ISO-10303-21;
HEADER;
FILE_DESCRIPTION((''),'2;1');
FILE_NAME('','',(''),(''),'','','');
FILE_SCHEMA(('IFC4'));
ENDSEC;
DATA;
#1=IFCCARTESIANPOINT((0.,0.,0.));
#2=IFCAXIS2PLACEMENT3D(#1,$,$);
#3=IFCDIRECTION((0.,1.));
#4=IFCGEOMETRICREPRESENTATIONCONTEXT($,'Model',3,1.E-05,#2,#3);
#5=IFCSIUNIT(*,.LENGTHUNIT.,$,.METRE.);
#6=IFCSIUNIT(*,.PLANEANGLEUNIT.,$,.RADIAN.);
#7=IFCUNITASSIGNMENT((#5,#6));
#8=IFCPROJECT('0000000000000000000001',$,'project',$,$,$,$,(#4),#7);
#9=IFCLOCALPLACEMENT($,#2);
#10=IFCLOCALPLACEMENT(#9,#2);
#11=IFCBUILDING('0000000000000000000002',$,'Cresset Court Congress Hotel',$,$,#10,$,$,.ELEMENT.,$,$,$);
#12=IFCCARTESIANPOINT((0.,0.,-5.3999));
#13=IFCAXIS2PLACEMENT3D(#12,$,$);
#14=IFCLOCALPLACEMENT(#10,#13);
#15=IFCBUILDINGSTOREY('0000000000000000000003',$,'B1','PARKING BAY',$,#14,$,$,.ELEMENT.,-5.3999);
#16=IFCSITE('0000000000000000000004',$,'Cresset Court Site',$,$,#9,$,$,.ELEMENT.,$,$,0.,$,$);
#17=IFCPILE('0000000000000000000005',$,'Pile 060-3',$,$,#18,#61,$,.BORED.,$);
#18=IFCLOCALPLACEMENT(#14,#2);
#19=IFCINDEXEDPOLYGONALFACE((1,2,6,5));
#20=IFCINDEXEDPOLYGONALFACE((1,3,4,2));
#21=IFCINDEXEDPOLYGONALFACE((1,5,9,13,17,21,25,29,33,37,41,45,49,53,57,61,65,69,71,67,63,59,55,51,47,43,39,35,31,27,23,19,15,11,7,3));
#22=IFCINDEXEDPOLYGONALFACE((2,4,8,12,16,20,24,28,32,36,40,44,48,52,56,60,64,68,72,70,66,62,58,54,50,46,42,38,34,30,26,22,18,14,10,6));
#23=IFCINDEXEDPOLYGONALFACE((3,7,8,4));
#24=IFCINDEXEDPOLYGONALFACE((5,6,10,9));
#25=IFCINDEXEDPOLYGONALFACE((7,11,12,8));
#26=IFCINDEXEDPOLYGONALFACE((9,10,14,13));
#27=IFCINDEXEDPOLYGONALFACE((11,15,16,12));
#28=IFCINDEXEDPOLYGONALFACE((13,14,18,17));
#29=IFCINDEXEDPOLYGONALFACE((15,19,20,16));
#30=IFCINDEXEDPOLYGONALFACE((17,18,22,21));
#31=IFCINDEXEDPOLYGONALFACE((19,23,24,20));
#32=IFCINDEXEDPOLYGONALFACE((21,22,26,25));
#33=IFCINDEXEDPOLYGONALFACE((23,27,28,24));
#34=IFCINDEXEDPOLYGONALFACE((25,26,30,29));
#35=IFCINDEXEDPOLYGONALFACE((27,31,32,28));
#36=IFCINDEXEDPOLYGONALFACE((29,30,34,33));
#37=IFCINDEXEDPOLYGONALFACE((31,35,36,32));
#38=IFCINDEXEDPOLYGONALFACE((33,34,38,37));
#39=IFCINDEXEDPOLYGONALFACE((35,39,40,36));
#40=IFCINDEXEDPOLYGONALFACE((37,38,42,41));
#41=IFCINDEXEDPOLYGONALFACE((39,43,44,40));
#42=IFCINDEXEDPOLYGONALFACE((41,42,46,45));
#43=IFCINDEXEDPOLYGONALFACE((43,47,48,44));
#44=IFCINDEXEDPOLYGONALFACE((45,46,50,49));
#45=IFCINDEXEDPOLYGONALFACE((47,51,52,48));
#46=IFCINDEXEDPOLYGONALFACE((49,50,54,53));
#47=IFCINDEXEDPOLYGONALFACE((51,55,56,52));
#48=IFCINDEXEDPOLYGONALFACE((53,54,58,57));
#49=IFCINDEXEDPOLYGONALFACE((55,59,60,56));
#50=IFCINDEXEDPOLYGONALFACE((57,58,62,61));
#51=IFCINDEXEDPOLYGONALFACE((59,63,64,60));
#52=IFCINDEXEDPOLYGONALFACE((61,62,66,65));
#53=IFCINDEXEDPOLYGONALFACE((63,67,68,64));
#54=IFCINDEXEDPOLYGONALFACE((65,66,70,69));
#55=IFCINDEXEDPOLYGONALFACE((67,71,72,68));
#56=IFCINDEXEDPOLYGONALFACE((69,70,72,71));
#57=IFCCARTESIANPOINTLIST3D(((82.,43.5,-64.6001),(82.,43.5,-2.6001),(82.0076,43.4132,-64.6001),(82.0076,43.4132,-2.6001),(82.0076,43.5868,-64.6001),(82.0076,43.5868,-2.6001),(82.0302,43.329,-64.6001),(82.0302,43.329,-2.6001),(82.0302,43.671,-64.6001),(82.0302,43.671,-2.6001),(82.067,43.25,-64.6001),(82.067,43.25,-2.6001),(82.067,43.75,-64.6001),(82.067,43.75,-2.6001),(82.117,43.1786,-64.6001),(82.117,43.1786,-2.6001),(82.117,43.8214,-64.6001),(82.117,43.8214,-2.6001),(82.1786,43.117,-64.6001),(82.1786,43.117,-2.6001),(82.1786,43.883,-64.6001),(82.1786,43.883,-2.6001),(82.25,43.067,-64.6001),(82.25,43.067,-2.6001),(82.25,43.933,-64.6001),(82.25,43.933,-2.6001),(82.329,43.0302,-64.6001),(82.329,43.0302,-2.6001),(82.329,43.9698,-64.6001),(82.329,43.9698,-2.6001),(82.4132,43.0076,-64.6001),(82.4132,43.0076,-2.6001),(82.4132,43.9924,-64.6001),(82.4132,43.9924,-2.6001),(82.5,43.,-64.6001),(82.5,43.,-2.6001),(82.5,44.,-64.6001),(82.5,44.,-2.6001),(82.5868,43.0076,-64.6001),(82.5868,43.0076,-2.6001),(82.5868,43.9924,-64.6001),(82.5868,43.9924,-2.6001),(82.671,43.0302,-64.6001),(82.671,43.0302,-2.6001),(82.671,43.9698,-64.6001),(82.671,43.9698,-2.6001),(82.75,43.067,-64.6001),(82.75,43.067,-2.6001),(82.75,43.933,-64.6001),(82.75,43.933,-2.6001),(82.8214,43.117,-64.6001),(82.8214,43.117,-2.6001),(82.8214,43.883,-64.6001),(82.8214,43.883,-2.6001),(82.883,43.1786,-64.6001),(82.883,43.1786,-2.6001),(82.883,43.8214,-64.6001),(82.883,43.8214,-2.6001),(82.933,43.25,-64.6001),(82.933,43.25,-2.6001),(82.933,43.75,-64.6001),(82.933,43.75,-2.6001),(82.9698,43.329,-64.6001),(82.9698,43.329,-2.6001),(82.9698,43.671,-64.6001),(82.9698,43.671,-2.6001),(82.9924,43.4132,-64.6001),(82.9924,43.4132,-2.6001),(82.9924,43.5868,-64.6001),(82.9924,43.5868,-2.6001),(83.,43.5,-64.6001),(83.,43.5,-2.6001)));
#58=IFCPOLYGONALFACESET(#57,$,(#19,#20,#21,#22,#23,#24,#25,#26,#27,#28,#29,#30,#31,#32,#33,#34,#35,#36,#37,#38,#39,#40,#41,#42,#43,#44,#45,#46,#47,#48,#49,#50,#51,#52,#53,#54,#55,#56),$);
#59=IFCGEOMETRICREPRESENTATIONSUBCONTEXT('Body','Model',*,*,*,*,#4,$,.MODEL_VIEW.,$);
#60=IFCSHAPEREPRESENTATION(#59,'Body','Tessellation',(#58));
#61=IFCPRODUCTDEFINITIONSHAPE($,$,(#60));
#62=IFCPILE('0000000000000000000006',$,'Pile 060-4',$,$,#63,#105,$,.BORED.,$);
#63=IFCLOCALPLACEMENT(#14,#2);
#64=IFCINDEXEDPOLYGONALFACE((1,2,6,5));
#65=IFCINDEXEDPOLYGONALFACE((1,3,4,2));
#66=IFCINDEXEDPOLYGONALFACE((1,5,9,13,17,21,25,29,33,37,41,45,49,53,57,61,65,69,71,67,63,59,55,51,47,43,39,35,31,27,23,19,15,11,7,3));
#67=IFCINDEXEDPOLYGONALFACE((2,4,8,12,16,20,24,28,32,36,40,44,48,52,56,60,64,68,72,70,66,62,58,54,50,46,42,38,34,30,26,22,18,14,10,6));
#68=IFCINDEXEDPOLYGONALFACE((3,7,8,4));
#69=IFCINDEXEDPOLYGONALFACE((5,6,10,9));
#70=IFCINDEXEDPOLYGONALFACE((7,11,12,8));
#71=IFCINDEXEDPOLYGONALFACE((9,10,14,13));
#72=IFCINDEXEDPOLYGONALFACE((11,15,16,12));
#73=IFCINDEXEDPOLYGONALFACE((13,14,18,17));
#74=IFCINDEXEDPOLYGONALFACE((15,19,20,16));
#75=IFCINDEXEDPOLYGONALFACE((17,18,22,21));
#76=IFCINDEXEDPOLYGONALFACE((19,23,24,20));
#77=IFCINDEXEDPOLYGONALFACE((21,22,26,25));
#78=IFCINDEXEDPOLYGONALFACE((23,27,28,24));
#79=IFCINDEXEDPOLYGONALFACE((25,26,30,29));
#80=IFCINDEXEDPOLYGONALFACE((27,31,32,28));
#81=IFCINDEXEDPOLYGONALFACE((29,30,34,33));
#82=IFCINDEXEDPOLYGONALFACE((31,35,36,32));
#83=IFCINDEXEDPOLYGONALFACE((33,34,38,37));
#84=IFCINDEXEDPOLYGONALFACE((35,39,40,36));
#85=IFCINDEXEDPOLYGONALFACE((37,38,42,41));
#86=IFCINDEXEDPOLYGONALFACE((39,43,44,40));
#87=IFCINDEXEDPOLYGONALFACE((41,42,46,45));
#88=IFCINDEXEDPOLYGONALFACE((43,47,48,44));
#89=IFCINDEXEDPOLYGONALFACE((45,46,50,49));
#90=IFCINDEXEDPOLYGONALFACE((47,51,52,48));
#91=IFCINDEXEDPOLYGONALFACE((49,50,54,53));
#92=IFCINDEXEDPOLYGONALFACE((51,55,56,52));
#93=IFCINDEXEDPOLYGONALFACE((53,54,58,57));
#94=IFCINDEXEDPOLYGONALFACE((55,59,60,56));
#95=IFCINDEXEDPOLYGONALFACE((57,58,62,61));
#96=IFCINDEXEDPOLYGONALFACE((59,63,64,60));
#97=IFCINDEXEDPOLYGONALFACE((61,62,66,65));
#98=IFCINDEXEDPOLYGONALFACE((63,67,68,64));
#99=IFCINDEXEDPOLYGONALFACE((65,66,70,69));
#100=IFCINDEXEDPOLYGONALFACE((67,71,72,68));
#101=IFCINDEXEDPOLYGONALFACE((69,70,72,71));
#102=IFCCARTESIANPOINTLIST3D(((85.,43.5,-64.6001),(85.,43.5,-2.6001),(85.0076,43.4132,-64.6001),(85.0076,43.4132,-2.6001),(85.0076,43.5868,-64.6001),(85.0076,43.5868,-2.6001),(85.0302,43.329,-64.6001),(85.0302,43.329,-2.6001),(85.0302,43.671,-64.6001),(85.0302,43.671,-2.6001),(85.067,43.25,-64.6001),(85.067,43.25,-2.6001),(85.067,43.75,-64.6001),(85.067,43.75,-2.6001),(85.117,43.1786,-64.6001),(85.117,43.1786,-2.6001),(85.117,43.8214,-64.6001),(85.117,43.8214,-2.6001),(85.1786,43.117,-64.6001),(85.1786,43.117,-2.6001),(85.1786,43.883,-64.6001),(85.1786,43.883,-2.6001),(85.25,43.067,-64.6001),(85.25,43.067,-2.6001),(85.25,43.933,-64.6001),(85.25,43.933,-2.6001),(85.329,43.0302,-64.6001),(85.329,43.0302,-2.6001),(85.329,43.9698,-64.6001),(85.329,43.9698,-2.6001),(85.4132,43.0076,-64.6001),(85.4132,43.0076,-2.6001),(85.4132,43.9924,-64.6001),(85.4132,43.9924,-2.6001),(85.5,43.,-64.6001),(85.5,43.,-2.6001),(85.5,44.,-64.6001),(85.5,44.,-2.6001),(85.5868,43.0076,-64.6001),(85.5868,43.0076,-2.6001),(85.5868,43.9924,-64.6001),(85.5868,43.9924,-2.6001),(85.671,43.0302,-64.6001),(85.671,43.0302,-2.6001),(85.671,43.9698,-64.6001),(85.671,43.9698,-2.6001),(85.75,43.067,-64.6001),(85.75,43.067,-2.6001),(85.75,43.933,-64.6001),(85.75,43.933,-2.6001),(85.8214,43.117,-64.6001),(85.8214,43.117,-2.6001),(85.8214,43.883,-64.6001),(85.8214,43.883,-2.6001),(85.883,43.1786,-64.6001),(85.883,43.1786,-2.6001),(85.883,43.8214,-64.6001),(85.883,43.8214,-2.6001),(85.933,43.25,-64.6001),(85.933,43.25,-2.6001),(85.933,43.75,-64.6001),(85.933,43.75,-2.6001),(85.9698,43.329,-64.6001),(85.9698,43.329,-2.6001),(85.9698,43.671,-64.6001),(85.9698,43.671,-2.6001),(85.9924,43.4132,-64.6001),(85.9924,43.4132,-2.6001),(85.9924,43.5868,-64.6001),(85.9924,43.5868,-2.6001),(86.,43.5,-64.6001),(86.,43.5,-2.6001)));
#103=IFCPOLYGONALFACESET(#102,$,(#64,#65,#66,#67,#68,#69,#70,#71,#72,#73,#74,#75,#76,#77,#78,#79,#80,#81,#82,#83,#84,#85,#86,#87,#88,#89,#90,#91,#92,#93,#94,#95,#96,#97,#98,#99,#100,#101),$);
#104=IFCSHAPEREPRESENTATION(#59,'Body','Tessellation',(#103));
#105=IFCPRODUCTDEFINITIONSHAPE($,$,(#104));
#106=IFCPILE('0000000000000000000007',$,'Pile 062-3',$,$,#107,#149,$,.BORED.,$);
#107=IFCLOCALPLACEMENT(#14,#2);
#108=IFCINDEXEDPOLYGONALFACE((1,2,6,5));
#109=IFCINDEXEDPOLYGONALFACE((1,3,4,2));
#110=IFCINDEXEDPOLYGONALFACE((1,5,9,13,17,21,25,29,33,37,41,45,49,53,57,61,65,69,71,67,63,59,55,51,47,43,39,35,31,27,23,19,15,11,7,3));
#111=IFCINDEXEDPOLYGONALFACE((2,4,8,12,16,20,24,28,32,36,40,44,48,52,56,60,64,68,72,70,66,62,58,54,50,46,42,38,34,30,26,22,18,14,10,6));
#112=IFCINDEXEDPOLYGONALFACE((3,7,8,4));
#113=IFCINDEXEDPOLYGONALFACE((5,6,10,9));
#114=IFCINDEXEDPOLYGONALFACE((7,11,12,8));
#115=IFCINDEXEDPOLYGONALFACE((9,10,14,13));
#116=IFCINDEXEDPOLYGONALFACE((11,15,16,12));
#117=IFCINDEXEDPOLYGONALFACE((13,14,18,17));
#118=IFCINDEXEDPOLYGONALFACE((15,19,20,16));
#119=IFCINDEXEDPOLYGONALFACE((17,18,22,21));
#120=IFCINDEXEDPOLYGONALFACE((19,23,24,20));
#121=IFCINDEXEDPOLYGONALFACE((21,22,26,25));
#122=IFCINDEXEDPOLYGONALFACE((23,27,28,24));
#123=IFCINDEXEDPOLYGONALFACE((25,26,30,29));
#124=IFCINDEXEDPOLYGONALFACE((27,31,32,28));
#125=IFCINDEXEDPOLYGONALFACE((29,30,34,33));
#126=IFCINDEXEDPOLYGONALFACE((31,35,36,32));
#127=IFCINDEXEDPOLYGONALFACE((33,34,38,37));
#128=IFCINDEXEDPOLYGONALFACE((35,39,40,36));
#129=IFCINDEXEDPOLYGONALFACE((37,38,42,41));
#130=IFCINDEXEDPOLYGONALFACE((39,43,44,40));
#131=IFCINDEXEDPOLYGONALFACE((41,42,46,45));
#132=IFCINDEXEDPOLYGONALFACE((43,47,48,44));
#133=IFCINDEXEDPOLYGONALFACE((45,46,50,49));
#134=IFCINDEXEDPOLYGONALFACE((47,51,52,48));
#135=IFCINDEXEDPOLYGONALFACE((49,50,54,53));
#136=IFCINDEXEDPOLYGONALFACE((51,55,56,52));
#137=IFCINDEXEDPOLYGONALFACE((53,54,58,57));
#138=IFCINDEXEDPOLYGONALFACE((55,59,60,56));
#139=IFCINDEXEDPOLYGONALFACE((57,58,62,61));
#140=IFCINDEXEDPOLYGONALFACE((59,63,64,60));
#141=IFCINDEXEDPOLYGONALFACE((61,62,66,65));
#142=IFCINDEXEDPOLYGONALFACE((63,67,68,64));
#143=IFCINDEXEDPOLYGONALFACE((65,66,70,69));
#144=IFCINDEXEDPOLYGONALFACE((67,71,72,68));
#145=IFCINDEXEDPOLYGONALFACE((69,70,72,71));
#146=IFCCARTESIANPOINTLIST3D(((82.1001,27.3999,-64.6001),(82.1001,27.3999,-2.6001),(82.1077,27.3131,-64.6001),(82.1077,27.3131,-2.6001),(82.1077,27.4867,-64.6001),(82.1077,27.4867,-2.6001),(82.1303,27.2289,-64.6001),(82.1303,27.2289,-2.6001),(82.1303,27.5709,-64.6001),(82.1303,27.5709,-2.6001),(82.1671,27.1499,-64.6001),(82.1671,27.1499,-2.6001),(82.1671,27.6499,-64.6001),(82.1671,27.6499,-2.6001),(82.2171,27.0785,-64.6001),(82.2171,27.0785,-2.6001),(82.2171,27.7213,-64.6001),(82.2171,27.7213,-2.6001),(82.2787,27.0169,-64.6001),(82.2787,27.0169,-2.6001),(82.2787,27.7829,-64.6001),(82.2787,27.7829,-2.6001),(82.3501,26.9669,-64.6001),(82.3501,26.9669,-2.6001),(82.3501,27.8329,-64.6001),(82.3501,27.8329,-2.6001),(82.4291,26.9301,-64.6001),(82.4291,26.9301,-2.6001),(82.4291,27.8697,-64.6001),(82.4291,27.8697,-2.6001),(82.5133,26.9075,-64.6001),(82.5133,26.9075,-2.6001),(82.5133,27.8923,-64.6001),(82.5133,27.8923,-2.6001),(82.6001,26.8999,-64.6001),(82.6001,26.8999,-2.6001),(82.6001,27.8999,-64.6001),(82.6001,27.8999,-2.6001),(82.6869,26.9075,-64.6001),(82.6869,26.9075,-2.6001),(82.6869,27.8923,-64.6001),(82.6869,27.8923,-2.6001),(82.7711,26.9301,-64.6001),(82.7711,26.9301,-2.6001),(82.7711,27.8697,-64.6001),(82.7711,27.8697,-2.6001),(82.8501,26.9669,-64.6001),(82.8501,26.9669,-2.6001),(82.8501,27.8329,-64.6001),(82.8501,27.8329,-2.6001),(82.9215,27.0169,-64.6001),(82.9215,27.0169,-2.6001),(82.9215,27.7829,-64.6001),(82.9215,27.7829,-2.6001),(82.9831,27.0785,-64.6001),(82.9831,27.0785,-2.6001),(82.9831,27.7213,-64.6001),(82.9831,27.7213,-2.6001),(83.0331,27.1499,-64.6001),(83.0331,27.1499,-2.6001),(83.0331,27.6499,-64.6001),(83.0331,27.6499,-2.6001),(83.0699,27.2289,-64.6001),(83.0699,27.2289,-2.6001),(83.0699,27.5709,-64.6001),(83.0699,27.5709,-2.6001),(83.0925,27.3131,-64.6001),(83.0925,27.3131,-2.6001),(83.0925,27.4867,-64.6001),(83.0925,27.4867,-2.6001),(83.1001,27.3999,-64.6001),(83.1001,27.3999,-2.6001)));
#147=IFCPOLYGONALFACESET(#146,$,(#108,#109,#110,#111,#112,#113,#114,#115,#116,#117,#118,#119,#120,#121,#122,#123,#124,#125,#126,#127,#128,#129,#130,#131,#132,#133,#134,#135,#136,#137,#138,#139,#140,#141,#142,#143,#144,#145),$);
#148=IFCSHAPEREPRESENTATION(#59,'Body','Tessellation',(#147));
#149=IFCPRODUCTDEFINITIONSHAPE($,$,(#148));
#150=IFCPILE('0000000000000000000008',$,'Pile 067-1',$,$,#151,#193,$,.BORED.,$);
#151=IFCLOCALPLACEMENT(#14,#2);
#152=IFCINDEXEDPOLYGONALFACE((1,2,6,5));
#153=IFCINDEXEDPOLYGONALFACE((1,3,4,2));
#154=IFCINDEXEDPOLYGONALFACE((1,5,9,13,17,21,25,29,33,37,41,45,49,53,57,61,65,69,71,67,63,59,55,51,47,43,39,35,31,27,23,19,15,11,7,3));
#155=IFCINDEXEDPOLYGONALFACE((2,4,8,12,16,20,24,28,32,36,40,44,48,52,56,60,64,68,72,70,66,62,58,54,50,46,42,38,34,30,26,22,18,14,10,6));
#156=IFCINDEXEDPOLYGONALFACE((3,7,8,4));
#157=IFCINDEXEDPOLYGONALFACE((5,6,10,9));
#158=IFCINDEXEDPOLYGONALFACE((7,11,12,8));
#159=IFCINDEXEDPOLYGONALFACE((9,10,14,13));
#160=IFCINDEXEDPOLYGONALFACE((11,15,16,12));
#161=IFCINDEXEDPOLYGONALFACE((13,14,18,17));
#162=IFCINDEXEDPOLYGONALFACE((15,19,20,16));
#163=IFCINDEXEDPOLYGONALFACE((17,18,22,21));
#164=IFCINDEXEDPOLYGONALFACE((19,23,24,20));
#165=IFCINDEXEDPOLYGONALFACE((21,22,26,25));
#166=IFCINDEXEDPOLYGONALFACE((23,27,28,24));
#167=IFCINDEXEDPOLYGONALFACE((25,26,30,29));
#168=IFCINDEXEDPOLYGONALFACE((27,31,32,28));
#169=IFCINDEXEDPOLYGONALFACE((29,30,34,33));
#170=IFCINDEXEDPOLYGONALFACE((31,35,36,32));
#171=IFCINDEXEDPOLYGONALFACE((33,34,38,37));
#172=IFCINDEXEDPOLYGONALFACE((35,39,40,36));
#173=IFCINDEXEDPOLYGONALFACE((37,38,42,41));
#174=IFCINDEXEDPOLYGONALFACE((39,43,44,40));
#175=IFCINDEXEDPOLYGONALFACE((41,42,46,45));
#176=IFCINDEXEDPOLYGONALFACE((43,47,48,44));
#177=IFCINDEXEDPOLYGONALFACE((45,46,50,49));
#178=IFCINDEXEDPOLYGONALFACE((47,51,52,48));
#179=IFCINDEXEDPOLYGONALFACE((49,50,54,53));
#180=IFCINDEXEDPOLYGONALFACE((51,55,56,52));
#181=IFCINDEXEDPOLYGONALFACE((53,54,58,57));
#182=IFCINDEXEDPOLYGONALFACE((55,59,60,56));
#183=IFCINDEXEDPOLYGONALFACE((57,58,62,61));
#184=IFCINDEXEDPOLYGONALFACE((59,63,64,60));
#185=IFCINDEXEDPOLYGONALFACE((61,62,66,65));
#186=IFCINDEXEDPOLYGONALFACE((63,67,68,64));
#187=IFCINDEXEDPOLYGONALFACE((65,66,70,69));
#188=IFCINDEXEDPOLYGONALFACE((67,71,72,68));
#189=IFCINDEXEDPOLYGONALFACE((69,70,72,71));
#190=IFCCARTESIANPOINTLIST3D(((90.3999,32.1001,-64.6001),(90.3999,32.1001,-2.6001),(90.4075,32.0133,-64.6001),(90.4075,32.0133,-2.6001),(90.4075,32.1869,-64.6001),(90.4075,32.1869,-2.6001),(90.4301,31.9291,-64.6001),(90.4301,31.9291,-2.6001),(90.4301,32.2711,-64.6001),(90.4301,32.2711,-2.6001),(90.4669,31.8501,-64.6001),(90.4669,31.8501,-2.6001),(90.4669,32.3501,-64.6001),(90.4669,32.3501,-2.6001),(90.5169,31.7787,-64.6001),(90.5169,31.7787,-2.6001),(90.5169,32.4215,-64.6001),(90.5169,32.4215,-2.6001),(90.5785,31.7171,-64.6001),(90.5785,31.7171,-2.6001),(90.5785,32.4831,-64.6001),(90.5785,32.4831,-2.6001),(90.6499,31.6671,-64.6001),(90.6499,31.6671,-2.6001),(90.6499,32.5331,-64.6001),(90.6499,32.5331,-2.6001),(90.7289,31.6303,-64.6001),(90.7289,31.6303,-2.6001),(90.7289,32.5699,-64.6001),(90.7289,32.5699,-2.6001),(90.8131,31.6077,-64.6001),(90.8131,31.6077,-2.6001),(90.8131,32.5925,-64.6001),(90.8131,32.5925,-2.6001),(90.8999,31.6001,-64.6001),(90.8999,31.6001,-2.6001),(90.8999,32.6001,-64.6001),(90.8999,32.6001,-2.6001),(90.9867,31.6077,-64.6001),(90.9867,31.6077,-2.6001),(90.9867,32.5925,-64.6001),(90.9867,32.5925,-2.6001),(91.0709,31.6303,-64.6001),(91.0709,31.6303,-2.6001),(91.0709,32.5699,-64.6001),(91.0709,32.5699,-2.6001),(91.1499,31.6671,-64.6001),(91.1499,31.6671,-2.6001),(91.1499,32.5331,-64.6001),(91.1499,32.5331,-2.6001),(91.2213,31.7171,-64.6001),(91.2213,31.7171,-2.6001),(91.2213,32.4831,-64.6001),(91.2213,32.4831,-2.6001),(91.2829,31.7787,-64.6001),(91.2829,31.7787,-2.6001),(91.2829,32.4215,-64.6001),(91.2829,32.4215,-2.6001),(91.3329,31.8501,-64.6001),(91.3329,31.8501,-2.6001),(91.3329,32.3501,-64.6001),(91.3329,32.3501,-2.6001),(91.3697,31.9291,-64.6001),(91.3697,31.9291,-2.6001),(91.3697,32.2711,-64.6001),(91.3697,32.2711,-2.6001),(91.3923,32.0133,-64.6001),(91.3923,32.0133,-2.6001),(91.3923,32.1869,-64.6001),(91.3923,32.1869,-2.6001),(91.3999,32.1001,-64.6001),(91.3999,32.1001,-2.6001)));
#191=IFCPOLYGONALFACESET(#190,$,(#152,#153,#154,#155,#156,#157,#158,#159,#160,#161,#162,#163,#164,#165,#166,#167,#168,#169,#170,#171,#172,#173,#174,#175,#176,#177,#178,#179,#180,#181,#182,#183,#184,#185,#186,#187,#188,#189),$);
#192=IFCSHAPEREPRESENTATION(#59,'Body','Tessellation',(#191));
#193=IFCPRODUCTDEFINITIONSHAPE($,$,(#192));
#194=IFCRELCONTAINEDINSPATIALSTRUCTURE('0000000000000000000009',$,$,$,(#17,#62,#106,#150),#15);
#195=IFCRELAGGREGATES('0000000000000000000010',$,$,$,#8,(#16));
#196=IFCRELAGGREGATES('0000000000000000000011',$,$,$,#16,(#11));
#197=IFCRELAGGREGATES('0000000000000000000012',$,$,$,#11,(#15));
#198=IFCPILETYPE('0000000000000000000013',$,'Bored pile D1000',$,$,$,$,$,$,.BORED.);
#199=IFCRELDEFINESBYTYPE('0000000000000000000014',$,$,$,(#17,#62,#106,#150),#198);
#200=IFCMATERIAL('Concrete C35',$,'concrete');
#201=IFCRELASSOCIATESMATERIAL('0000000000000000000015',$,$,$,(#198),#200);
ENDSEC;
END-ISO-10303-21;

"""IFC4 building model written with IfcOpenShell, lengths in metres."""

from ifc_helpers import new_model, si_unit, direction, frame, origin, origin_2d, place, context, subcontext, project, spatial, circle, extrude, material, type_object, element, save


model = new_model("IFC4")

# Units and contexts
model_context = context("Model", 3, precision=1e-05, world=origin(), true_north=direction((0.0, 1.0)))
body_context = subcontext(model_context, "Body", "Model", "MODEL_VIEW")
ifc_project = project(units=[si_unit("LENGTHUNIT", "METRE"), si_unit("PLANEANGLEUNIT", "RADIAN")], contexts=[model_context])

# Site, building, storey
site_placement = place(None, origin())
site = spatial("IfcSite", under=ifc_project, at=site_placement, Name="Cresset Court Site", CompositionType="ELEMENT", RefElevation=0.0)
building_placement = place(site_placement, origin())
building = spatial("IfcBuilding", under=site, at=building_placement, Name="Cresset Court Congress Hotel", CompositionType="ELEMENT")
storey_placement = place(building_placement, frame((0.0, 0.0, -5.3999)))
storey = spatial("IfcBuildingStorey", under=building, at=storey_placement, Name="B1", Description="PARKING BAY", CompositionType="ELEMENT", Elevation=-5.3999)

# Piles
ifc_material_1 = material(Name="Concrete C35", Category="concrete")
pile_type = type_object("IfcPileType", Name="Bored pile D1000", PredefinedType="BORED", material=ifc_material_1)
for number, where, z_axis, x_axis, name in (
    (1, (82.5, 43.5, -2.6001), (0.0, 0.0, -1.0), (1.0, 0.0, 0.0), "Pile 060-3"),
    (2, (85.5, 43.5, -2.6001), (0.0, 0.0, -1.0), (1.0, 0.0, 0.0), "Pile 060-4"),
    (3, (82.6001, 27.3999, -2.6001), (0.0, 0.0, -1.0), (1.0, 0.0, 0.0), "Pile 062-3"),
    (4, (90.8999, 32.1001, -2.6001), (0.0, 0.0, -1.0), (1.0, 0.0, 0.0), "Pile 067-1"),
):
    element("IfcPile", number, at=place(storey_placement, frame(where, z_axis=z_axis, x_axis=x_axis)), inside=storey, type_object=pile_type, Name=name, PredefinedType="BORED", context=body_context, shape_type="SweptSolid", body=[
        extrude(circle(Radius=0.5, at=origin_2d()), origin(), (0.0, 0.0, 1.0), 62.0),
    ])

save(model, "model.ifc")
